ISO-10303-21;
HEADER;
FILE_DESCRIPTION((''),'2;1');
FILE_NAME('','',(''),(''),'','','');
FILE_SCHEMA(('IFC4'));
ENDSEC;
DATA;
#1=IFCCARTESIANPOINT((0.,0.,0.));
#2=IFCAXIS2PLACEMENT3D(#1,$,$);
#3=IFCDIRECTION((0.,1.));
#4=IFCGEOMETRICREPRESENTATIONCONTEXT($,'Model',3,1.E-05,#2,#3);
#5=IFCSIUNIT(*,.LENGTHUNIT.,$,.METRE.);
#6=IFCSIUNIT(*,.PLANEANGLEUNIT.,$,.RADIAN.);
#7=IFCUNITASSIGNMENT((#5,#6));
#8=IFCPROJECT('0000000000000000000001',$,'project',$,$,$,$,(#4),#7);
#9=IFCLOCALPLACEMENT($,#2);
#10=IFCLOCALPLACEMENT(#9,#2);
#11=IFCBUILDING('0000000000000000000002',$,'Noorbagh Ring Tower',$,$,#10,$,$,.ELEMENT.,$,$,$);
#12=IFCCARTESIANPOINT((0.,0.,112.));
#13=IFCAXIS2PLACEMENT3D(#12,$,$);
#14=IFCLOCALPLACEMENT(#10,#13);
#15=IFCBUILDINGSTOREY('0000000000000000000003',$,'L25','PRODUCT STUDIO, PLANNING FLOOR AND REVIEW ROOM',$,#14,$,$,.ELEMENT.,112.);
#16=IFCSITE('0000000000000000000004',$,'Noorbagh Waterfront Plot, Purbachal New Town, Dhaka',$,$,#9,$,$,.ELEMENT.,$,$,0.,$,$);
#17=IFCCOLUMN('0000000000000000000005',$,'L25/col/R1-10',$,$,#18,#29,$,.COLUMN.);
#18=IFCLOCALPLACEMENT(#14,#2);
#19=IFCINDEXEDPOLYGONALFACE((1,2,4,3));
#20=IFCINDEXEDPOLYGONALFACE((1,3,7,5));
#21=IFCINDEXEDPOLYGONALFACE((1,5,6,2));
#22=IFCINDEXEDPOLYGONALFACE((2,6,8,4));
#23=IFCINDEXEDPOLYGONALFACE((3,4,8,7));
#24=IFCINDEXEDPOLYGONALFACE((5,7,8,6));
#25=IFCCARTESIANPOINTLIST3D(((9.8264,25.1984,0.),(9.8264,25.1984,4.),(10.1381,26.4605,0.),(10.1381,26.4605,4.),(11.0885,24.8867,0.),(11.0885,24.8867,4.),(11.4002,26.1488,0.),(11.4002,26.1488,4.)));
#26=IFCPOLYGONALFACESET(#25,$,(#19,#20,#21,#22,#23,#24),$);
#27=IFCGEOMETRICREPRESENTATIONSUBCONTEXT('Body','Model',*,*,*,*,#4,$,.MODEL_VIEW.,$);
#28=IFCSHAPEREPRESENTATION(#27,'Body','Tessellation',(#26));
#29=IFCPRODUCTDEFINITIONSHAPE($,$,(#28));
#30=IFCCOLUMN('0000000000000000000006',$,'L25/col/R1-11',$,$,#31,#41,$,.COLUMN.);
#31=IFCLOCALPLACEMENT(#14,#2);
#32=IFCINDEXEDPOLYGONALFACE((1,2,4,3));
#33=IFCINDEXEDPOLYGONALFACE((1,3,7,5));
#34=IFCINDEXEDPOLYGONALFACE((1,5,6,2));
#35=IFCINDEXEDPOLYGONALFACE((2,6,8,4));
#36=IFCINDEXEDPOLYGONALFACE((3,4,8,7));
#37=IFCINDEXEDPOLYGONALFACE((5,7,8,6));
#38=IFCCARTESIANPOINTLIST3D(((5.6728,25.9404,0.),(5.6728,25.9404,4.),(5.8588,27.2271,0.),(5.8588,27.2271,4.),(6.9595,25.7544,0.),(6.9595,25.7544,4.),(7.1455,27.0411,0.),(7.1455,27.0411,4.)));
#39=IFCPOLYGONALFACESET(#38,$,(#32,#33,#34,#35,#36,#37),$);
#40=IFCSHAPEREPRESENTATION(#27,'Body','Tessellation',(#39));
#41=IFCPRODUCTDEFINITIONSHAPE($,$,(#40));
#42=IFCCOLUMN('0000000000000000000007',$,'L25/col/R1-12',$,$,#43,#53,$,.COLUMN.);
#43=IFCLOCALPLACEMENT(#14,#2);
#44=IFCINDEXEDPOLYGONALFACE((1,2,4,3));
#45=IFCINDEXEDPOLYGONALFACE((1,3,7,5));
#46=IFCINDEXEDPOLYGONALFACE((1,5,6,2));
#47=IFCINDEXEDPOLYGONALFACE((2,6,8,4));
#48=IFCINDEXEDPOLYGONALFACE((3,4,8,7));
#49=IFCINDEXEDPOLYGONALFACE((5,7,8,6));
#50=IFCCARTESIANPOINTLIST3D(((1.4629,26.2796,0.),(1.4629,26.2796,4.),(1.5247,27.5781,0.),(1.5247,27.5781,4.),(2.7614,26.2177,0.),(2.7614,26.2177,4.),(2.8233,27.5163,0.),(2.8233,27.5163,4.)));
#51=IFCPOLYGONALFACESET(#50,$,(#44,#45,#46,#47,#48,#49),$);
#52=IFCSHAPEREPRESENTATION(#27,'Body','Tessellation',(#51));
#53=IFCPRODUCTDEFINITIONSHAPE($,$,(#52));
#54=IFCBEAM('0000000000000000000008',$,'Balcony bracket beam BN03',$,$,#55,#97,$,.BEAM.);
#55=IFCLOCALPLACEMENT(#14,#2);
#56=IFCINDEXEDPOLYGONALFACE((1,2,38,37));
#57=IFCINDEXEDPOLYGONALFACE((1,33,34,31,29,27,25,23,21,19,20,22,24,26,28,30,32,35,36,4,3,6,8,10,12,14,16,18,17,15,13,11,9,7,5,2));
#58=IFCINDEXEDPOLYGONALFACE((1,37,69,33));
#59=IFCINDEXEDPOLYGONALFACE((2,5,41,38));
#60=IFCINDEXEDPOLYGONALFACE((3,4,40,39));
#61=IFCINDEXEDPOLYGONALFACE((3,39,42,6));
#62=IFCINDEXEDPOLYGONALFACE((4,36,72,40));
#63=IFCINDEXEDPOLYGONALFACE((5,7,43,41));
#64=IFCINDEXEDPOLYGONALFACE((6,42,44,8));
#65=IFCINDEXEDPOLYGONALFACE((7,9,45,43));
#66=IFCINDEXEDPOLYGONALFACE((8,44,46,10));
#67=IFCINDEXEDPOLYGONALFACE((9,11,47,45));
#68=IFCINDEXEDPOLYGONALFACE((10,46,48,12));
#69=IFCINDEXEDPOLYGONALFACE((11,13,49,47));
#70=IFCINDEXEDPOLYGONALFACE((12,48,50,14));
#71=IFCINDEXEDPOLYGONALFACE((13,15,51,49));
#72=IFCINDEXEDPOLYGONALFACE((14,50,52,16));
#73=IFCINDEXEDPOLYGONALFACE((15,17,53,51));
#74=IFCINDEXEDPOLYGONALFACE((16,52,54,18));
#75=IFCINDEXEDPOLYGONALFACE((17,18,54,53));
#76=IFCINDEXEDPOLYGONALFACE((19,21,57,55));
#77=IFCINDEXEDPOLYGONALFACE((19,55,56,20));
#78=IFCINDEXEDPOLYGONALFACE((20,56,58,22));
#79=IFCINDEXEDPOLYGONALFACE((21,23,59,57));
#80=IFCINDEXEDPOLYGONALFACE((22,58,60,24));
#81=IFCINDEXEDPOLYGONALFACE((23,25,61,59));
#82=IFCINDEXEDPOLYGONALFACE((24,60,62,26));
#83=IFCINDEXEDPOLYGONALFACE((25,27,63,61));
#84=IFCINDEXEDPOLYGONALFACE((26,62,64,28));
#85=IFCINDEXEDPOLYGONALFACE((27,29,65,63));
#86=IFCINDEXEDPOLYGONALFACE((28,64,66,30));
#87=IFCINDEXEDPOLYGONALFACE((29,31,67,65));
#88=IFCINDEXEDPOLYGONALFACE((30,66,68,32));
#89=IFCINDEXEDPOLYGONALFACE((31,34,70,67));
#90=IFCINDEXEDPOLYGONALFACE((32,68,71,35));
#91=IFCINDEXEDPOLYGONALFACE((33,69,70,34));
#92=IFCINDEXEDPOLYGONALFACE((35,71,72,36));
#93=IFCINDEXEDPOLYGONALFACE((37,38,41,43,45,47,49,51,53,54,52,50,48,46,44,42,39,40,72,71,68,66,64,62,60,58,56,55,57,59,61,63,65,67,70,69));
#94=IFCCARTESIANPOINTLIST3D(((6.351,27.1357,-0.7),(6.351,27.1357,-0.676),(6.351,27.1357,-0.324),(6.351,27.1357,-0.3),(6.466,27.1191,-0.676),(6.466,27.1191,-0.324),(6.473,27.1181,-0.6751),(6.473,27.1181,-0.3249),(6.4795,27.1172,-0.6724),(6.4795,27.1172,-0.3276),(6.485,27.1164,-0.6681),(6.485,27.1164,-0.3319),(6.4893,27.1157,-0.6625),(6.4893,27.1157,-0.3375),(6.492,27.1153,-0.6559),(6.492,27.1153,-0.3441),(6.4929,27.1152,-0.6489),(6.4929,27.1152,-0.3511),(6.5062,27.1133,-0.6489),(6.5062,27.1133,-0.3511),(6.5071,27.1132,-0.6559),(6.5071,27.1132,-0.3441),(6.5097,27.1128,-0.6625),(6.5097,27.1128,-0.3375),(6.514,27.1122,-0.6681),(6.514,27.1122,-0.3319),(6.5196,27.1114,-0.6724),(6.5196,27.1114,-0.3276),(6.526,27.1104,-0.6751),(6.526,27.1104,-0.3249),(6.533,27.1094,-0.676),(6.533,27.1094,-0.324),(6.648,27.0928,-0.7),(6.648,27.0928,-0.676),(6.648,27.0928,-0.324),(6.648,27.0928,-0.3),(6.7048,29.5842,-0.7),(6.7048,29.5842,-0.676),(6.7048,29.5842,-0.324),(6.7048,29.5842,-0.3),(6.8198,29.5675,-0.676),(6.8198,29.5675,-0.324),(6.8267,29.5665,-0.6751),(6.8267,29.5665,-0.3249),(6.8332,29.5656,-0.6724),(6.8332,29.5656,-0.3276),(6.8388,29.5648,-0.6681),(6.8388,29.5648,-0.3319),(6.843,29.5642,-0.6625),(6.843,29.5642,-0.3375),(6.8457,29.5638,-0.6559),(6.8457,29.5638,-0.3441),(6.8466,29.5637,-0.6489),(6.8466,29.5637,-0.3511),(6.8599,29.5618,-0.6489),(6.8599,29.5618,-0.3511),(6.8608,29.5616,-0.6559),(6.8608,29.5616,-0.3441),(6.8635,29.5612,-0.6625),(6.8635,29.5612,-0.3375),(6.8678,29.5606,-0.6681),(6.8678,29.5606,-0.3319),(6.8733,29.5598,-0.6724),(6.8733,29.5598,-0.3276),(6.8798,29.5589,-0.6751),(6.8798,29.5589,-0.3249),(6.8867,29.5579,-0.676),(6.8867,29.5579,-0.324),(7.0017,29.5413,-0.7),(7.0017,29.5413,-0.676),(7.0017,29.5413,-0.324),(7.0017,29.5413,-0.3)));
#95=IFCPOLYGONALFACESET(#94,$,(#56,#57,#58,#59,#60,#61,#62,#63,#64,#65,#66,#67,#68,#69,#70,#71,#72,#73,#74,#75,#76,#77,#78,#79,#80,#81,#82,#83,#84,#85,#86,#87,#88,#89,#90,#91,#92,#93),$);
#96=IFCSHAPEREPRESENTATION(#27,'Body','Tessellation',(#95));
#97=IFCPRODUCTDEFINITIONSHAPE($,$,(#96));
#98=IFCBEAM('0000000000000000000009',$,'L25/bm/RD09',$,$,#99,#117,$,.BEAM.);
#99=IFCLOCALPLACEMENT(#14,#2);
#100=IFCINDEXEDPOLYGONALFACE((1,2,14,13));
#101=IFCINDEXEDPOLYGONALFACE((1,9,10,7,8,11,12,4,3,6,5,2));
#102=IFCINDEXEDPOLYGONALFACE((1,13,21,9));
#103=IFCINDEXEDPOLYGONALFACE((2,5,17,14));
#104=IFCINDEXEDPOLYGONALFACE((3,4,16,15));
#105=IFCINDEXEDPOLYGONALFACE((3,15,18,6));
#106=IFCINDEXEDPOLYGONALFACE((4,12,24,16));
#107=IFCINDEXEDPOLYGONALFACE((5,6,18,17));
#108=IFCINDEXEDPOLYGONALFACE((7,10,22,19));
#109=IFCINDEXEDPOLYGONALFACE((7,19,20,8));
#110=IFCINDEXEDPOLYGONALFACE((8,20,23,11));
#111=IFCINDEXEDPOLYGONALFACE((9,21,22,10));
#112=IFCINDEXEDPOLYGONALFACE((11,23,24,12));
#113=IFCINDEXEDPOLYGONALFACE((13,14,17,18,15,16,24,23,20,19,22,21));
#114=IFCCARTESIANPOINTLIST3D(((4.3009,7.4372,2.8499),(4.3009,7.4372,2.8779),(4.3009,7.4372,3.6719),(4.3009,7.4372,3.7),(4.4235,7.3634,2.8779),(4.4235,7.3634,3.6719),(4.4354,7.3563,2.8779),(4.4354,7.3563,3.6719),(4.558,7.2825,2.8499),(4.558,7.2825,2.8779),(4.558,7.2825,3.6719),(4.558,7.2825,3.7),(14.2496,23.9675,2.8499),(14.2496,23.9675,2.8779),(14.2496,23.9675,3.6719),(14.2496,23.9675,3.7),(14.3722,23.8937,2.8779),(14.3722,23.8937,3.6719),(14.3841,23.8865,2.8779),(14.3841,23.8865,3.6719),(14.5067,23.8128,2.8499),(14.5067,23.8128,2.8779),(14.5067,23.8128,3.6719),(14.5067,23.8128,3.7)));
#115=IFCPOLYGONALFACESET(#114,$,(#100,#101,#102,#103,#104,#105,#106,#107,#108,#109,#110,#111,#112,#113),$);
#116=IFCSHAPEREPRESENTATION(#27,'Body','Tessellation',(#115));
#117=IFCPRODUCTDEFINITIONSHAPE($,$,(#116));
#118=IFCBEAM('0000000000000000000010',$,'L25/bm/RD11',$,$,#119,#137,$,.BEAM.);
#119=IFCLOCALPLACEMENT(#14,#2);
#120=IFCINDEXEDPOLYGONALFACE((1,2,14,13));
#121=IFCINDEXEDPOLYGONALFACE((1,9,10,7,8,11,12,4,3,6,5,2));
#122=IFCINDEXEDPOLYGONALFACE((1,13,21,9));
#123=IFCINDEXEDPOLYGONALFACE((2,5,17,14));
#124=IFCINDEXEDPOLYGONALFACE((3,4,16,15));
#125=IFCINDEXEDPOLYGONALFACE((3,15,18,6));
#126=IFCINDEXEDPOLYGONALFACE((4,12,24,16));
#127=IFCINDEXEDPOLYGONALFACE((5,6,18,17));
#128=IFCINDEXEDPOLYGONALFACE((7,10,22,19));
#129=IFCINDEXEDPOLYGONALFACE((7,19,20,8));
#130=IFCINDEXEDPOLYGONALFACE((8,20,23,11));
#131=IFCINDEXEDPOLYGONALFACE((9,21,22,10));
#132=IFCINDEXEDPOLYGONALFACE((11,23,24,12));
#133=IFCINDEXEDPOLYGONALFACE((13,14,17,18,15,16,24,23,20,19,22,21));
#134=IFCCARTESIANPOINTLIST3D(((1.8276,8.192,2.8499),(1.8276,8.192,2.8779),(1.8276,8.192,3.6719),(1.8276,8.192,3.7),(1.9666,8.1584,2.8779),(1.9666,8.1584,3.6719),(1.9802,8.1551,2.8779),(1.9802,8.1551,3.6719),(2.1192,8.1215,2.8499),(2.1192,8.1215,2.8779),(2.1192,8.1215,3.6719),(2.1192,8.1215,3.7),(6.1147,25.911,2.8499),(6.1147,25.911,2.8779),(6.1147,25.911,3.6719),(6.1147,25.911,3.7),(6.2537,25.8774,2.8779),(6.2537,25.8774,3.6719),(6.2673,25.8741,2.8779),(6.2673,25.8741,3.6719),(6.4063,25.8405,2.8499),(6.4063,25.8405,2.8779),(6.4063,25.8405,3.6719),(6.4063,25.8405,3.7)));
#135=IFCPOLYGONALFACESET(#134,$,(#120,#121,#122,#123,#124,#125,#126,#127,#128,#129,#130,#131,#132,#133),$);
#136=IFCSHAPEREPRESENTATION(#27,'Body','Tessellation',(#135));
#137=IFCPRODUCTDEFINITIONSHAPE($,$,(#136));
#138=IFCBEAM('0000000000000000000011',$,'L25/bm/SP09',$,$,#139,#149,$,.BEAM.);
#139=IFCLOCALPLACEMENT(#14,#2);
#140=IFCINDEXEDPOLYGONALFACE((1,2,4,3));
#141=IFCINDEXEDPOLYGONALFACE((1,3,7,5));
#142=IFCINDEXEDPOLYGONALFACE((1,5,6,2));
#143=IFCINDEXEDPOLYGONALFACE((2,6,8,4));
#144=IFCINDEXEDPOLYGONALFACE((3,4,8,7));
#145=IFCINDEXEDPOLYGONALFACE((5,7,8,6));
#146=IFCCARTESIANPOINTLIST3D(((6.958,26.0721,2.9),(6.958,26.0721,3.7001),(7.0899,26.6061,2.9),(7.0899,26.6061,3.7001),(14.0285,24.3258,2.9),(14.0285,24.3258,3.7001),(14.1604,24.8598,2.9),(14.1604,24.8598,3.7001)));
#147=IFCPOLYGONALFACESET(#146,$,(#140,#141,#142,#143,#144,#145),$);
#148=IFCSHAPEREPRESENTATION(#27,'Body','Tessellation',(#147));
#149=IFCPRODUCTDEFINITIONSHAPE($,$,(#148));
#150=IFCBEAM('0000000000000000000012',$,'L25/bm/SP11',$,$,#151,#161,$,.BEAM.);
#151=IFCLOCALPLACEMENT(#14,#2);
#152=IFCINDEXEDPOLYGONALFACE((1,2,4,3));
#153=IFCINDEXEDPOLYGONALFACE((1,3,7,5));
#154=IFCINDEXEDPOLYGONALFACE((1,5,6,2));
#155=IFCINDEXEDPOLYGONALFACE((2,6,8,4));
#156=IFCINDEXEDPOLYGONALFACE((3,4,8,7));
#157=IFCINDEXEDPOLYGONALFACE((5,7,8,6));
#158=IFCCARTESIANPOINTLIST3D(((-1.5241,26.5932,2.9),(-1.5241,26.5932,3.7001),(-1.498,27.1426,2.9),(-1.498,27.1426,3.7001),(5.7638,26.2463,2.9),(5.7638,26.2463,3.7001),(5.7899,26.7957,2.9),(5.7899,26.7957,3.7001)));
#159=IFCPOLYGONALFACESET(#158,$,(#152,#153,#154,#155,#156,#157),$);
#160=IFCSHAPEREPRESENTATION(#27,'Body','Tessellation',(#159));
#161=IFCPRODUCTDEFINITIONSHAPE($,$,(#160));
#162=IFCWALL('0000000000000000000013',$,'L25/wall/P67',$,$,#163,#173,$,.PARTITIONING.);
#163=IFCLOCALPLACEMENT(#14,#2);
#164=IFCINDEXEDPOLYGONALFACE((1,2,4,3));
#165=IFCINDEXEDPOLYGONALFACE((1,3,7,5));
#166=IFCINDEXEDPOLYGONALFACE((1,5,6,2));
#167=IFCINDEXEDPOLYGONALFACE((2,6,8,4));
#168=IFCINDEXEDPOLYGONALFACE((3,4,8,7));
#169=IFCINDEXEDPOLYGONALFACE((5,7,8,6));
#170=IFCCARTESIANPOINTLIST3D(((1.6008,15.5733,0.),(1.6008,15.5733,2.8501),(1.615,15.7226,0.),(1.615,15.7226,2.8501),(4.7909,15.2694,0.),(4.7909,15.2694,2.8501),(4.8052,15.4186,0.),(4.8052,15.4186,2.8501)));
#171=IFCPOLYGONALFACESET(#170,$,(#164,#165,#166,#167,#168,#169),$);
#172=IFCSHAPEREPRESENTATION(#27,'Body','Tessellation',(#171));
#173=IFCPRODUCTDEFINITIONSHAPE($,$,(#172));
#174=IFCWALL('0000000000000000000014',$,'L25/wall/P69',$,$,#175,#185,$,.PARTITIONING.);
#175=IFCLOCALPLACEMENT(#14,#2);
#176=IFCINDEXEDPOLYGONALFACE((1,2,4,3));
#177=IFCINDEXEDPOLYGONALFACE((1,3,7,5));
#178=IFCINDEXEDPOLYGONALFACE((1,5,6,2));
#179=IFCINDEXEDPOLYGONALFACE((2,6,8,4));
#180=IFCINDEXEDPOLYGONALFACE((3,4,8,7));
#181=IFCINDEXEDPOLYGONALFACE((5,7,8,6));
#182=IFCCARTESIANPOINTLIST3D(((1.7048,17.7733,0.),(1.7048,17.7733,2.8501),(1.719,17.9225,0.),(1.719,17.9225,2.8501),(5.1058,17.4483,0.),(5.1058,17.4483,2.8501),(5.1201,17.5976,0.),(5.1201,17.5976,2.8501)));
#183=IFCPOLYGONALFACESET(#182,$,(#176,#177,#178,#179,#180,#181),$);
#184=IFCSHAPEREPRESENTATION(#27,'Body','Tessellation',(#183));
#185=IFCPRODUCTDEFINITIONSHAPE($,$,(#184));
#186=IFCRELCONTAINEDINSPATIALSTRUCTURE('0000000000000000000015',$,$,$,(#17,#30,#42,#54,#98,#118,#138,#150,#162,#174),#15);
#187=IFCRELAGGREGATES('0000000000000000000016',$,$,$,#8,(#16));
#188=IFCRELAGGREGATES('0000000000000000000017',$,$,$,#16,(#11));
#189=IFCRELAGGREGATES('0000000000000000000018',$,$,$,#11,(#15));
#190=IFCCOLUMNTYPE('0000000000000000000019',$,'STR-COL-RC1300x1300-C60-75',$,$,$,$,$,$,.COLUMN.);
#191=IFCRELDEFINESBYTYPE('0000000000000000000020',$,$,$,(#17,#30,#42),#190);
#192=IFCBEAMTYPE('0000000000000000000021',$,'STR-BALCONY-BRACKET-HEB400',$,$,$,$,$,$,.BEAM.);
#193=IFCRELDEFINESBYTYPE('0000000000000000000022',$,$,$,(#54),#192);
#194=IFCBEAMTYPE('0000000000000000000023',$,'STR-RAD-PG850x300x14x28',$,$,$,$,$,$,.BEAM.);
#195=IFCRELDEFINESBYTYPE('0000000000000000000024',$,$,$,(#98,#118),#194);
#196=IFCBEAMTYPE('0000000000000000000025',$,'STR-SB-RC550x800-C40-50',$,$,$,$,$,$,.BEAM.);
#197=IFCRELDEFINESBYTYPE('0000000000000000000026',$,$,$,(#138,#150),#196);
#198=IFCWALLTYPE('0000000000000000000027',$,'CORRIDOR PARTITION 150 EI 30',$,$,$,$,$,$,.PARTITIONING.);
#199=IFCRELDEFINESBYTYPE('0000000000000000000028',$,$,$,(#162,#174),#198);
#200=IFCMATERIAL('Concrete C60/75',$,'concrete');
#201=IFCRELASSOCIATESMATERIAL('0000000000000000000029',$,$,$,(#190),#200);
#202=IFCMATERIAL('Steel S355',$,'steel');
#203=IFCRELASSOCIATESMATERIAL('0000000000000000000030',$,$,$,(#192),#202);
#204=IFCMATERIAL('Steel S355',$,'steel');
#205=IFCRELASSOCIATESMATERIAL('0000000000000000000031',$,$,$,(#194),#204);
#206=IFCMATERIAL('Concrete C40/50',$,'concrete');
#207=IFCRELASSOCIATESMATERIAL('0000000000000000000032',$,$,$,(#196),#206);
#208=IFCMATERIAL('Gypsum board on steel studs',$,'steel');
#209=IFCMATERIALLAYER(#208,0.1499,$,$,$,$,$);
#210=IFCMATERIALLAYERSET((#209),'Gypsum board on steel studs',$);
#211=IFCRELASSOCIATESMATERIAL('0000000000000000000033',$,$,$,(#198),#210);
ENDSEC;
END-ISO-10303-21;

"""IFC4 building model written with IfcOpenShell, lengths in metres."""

from ifc_helpers import new_model, si_unit, direction, frame, frame_2d, origin, origin_2d, place, context, subcontext, project, spatial, rectangle, i_section, extrude, material, layer, layer_set, material_profile, profile_set, type_object, element, save


model = new_model("IFC4")

# Units and contexts
model_context = context("Model", 3, precision=1e-05, world=origin(), true_north=direction((0.0, 1.0)))
body_context = subcontext(model_context, "Body", "Model", "MODEL_VIEW")
ifc_project = project(units=[si_unit("LENGTHUNIT", "METRE"), si_unit("PLANEANGLEUNIT", "RADIAN")], contexts=[model_context])

# Site, building, storey
site_placement = place(None, origin())
site = spatial("IfcSite", under=ifc_project, at=site_placement, Name="Noorbagh Waterfront Plot, Purbachal New Town, Dhaka", CompositionType="ELEMENT", RefElevation=0.0)
building_placement = place(site_placement, origin())
building = spatial("IfcBuilding", under=site, at=building_placement, Name="Noorbagh Ring Tower", CompositionType="ELEMENT")
storey_placement = place(building_placement, frame((0.0, 0.0, 112.0)))
storey = spatial("IfcBuildingStorey", under=building, at=storey_placement, Name="L25", Description="PRODUCT STUDIO, PLANNING FLOOR AND REVIEW ROOM", CompositionType="ELEMENT", Elevation=112.0)

# Columns
ifc_material_1 = material(Name="Concrete C60/75", Category="concrete")
ifc_material_profile_1 = material_profile(ifc_material_1, rectangle(XDim=1.3, YDim=1.3, at=origin_2d()), Name="RC1300x1300")
ifc_profile_set_1 = profile_set([ifc_material_profile_1], Name="Concrete C60/75")
column_type = type_object("IfcColumnType", Name="STR-COL-RC1300x1300-C60-75", PredefinedType="COLUMN", material=ifc_profile_set_1)
for number, where, z_axis, x_axis, name in (
    (1, (10.6133, 25.6736, 0.0), (0.0, 0.0, 1.0), (-0.970829, 0.239771, 0.0), "L25/col/R1-10"),
    (2, (6.4092, 26.4907, 0.0), (0.0, 0.0, 1.0), (-0.989713, 0.143066, 0.0), "L25/col/R1-11"),
    (3, (2.1431, 26.8979, 0.0), (0.0, 0.0, 1.0), (-0.998869, 0.047553, 0.0), "L25/col/R1-12"),
):
    element("IfcColumn", number, at=place(storey_placement, frame(where, z_axis=z_axis, x_axis=x_axis)), inside=storey, type_object=column_type, Name=name, PredefinedType="COLUMN", context=body_context, shape_type="SweptSolid", body=[
        extrude(rectangle(XDim=1.3, YDim=1.3, at=origin_2d()), origin(), (0.0, 0.0, 1.0), 4.0),
    ])

# Beams
ifc_material_2 = material(Name="Steel S355", Category="steel")
ifc_material_profile_2 = material_profile(ifc_material_2, i_section(OverallWidth=0.3, OverallDepth=0.3999, WebThickness=0.0134, FlangeThickness=0.0239, FilletRadius=0.0271, at=origin_2d()), Name="HEB400")
ifc_profile_set_2 = profile_set([ifc_material_profile_2], Name="Steel S355")
beam_type_1 = type_object("IfcBeamType", Name="STR-BALCONY-BRACKET-HEB400", PredefinedType="BEAM", material=ifc_profile_set_2)
beam_1_placement = place(storey_placement, frame((6.4995, 27.1143, -0.5), z_axis=(0.142996, 0.989723, 0.0), x_axis=(-0.989723, 0.142996, 0.0)))
element("IfcBeam", 4, at=beam_1_placement, inside=storey, type_object=beam_type_1, Name="Balcony bracket beam BN03", PredefinedType="BEAM", context=body_context, shape_type="SweptSolid", body=[
    extrude(i_section(OverallWidth=0.3, OverallDepth=0.3999, WebThickness=0.0134, FlangeThickness=0.0239, FilletRadius=0.0271, at=origin_2d()), origin(), (0.0, 0.0, 1.0), 2.4739),
])
ifc_material_3 = material(Name="Steel S355", Category="steel")
ifc_material_profile_3 = material_profile(ifc_material_3, i_section(OverallWidth=0.3, OverallDepth=0.8501, WebThickness=0.0139, FlangeThickness=0.0281, at=origin_2d()), Name="PG850x300x14x28")
ifc_profile_set_3 = profile_set([ifc_material_profile_3], Name="Steel S355")
beam_type_2 = type_object("IfcBeamType", Name="STR-RAD-PG850x300x14x28", PredefinedType="BEAM", material=ifc_profile_set_3)
beam_2_placement = place(storey_placement, frame((14.3782, 23.8901, 3.2749), z_axis=(-0.51566, -0.856793, 0.0), x_axis=(0.856793, -0.51566, 0.0)))
element("IfcBeam", 5, at=beam_2_placement, inside=storey, type_object=beam_type_2, Name="L25/bm/RD09", PredefinedType="BEAM", context=body_context, shape_type="SweptSolid", body=[
    extrude(i_section(OverallWidth=0.3, OverallDepth=0.8501, WebThickness=0.0139, FlangeThickness=0.0281, at=origin_2d()), origin(), (0.0, 0.0, 1.0), 19.2932),
])
beam_3_placement = place(storey_placement, frame((6.2605, 25.8757, 3.2749), z_axis=(-0.235165, -0.971956, 0.0), x_axis=(0.971956, -0.235165, 0.0)))
element("IfcBeam", 6, at=beam_3_placement, inside=storey, type_object=beam_type_2, Name="L25/bm/RD11", PredefinedType="BEAM", context=body_context, shape_type="SweptSolid", body=[
    extrude(i_section(OverallWidth=0.3, OverallDepth=0.8501, WebThickness=0.0139, FlangeThickness=0.0281, at=origin_2d()), origin(), (0.0, 0.0, 1.0), 18.2302),
])
ifc_material_4 = material(Name="Concrete C40/50", Category="concrete")
ifc_material_profile_4 = material_profile(ifc_material_4, rectangle(XDim=0.55, YDim=0.8, at=origin_2d()), Name="RC550x800")
ifc_profile_set_4 = profile_set([ifc_material_profile_4], Name="Concrete C40/50")
beam_type_3 = type_object("IfcBeamType", Name="STR-SB-RC550x800-C40-50", PredefinedType="BEAM", material=ifc_profile_set_4)
beam_4_placement = place(storey_placement, frame((14.0945, 24.5928, 3.3), z_axis=(-0.970827, 0.239782, 0.0), x_axis=(-0.239782, -0.970827, 0.0)))
element("IfcBeam", 7, at=beam_4_placement, inside=storey, type_object=beam_type_3, Name="L25/bm/SP09", PredefinedType="BEAM", context=body_context, shape_type="SweptSolid", body=[
    extrude(rectangle(XDim=0.55, YDim=0.8, at=origin_2d()), origin(), (0.0, 0.0, 1.0), 7.283),
])
beam_5_placement = place(storey_placement, frame((5.7769, 26.521, 3.3), z_axis=(-0.998869, 0.047549, 0.0), x_axis=(-0.047549, -0.998869, 0.0)))
element("IfcBeam", 8, at=beam_5_placement, inside=storey, type_object=beam_type_3, Name="L25/bm/SP11", PredefinedType="BEAM", context=body_context, shape_type="SweptSolid", body=[
    extrude(rectangle(XDim=0.55, YDim=0.8, at=origin_2d()), origin(), (0.0, 0.0, 1.0), 7.2961),
])

# Walls
ifc_material_5 = material(Name="Gypsum board on steel studs", Category="steel")
ifc_layer_1 = layer(ifc_material_5, 0.1499)
ifc_layer_set_1 = layer_set([ifc_layer_1], Name="Gypsum board on steel studs")
wall_type_1 = type_object("IfcWallType", Name="CORRIDOR PARTITION 150 EI 30", PredefinedType="PARTITIONING", material=ifc_layer_set_1)
wall_1_placement = place(storey_placement, frame((1.6079, 15.6479, 0.0), z_axis=(0.0, 0.0, 1.0), x_axis=(0.995492, -0.094849, 0.0)))
element("IfcWall", 9, at=wall_1_placement, inside=storey, type_object=wall_type_1, Name="L25/wall/P67", PredefinedType="PARTITIONING", context=body_context, shape_type="SweptSolid", body=[
    extrude(rectangle(XDim=3.2046, YDim=0.1499, at=frame_2d((1.6023, 0.0))), origin(), (0.0, 0.0, 1.0), 2.8501),
])
wall_2_placement = place(storey_placement, frame((1.7119, 17.8479, 0.0), z_axis=(0.0, 0.0, 1.0), x_axis=(0.995467, -0.095109, 0.0)))
element("IfcWall", 10, at=wall_2_placement, inside=storey, type_object=wall_type_1, Name="L25/wall/P69", PredefinedType="PARTITIONING", context=body_context, shape_type="SweptSolid", body=[
    extrude(rectangle(XDim=3.4165, YDim=0.1499, at=frame_2d((1.7083, 0.0))), origin(), (0.0, 0.0, 1.0), 2.8501),
])

save(model, "model.ifc")
